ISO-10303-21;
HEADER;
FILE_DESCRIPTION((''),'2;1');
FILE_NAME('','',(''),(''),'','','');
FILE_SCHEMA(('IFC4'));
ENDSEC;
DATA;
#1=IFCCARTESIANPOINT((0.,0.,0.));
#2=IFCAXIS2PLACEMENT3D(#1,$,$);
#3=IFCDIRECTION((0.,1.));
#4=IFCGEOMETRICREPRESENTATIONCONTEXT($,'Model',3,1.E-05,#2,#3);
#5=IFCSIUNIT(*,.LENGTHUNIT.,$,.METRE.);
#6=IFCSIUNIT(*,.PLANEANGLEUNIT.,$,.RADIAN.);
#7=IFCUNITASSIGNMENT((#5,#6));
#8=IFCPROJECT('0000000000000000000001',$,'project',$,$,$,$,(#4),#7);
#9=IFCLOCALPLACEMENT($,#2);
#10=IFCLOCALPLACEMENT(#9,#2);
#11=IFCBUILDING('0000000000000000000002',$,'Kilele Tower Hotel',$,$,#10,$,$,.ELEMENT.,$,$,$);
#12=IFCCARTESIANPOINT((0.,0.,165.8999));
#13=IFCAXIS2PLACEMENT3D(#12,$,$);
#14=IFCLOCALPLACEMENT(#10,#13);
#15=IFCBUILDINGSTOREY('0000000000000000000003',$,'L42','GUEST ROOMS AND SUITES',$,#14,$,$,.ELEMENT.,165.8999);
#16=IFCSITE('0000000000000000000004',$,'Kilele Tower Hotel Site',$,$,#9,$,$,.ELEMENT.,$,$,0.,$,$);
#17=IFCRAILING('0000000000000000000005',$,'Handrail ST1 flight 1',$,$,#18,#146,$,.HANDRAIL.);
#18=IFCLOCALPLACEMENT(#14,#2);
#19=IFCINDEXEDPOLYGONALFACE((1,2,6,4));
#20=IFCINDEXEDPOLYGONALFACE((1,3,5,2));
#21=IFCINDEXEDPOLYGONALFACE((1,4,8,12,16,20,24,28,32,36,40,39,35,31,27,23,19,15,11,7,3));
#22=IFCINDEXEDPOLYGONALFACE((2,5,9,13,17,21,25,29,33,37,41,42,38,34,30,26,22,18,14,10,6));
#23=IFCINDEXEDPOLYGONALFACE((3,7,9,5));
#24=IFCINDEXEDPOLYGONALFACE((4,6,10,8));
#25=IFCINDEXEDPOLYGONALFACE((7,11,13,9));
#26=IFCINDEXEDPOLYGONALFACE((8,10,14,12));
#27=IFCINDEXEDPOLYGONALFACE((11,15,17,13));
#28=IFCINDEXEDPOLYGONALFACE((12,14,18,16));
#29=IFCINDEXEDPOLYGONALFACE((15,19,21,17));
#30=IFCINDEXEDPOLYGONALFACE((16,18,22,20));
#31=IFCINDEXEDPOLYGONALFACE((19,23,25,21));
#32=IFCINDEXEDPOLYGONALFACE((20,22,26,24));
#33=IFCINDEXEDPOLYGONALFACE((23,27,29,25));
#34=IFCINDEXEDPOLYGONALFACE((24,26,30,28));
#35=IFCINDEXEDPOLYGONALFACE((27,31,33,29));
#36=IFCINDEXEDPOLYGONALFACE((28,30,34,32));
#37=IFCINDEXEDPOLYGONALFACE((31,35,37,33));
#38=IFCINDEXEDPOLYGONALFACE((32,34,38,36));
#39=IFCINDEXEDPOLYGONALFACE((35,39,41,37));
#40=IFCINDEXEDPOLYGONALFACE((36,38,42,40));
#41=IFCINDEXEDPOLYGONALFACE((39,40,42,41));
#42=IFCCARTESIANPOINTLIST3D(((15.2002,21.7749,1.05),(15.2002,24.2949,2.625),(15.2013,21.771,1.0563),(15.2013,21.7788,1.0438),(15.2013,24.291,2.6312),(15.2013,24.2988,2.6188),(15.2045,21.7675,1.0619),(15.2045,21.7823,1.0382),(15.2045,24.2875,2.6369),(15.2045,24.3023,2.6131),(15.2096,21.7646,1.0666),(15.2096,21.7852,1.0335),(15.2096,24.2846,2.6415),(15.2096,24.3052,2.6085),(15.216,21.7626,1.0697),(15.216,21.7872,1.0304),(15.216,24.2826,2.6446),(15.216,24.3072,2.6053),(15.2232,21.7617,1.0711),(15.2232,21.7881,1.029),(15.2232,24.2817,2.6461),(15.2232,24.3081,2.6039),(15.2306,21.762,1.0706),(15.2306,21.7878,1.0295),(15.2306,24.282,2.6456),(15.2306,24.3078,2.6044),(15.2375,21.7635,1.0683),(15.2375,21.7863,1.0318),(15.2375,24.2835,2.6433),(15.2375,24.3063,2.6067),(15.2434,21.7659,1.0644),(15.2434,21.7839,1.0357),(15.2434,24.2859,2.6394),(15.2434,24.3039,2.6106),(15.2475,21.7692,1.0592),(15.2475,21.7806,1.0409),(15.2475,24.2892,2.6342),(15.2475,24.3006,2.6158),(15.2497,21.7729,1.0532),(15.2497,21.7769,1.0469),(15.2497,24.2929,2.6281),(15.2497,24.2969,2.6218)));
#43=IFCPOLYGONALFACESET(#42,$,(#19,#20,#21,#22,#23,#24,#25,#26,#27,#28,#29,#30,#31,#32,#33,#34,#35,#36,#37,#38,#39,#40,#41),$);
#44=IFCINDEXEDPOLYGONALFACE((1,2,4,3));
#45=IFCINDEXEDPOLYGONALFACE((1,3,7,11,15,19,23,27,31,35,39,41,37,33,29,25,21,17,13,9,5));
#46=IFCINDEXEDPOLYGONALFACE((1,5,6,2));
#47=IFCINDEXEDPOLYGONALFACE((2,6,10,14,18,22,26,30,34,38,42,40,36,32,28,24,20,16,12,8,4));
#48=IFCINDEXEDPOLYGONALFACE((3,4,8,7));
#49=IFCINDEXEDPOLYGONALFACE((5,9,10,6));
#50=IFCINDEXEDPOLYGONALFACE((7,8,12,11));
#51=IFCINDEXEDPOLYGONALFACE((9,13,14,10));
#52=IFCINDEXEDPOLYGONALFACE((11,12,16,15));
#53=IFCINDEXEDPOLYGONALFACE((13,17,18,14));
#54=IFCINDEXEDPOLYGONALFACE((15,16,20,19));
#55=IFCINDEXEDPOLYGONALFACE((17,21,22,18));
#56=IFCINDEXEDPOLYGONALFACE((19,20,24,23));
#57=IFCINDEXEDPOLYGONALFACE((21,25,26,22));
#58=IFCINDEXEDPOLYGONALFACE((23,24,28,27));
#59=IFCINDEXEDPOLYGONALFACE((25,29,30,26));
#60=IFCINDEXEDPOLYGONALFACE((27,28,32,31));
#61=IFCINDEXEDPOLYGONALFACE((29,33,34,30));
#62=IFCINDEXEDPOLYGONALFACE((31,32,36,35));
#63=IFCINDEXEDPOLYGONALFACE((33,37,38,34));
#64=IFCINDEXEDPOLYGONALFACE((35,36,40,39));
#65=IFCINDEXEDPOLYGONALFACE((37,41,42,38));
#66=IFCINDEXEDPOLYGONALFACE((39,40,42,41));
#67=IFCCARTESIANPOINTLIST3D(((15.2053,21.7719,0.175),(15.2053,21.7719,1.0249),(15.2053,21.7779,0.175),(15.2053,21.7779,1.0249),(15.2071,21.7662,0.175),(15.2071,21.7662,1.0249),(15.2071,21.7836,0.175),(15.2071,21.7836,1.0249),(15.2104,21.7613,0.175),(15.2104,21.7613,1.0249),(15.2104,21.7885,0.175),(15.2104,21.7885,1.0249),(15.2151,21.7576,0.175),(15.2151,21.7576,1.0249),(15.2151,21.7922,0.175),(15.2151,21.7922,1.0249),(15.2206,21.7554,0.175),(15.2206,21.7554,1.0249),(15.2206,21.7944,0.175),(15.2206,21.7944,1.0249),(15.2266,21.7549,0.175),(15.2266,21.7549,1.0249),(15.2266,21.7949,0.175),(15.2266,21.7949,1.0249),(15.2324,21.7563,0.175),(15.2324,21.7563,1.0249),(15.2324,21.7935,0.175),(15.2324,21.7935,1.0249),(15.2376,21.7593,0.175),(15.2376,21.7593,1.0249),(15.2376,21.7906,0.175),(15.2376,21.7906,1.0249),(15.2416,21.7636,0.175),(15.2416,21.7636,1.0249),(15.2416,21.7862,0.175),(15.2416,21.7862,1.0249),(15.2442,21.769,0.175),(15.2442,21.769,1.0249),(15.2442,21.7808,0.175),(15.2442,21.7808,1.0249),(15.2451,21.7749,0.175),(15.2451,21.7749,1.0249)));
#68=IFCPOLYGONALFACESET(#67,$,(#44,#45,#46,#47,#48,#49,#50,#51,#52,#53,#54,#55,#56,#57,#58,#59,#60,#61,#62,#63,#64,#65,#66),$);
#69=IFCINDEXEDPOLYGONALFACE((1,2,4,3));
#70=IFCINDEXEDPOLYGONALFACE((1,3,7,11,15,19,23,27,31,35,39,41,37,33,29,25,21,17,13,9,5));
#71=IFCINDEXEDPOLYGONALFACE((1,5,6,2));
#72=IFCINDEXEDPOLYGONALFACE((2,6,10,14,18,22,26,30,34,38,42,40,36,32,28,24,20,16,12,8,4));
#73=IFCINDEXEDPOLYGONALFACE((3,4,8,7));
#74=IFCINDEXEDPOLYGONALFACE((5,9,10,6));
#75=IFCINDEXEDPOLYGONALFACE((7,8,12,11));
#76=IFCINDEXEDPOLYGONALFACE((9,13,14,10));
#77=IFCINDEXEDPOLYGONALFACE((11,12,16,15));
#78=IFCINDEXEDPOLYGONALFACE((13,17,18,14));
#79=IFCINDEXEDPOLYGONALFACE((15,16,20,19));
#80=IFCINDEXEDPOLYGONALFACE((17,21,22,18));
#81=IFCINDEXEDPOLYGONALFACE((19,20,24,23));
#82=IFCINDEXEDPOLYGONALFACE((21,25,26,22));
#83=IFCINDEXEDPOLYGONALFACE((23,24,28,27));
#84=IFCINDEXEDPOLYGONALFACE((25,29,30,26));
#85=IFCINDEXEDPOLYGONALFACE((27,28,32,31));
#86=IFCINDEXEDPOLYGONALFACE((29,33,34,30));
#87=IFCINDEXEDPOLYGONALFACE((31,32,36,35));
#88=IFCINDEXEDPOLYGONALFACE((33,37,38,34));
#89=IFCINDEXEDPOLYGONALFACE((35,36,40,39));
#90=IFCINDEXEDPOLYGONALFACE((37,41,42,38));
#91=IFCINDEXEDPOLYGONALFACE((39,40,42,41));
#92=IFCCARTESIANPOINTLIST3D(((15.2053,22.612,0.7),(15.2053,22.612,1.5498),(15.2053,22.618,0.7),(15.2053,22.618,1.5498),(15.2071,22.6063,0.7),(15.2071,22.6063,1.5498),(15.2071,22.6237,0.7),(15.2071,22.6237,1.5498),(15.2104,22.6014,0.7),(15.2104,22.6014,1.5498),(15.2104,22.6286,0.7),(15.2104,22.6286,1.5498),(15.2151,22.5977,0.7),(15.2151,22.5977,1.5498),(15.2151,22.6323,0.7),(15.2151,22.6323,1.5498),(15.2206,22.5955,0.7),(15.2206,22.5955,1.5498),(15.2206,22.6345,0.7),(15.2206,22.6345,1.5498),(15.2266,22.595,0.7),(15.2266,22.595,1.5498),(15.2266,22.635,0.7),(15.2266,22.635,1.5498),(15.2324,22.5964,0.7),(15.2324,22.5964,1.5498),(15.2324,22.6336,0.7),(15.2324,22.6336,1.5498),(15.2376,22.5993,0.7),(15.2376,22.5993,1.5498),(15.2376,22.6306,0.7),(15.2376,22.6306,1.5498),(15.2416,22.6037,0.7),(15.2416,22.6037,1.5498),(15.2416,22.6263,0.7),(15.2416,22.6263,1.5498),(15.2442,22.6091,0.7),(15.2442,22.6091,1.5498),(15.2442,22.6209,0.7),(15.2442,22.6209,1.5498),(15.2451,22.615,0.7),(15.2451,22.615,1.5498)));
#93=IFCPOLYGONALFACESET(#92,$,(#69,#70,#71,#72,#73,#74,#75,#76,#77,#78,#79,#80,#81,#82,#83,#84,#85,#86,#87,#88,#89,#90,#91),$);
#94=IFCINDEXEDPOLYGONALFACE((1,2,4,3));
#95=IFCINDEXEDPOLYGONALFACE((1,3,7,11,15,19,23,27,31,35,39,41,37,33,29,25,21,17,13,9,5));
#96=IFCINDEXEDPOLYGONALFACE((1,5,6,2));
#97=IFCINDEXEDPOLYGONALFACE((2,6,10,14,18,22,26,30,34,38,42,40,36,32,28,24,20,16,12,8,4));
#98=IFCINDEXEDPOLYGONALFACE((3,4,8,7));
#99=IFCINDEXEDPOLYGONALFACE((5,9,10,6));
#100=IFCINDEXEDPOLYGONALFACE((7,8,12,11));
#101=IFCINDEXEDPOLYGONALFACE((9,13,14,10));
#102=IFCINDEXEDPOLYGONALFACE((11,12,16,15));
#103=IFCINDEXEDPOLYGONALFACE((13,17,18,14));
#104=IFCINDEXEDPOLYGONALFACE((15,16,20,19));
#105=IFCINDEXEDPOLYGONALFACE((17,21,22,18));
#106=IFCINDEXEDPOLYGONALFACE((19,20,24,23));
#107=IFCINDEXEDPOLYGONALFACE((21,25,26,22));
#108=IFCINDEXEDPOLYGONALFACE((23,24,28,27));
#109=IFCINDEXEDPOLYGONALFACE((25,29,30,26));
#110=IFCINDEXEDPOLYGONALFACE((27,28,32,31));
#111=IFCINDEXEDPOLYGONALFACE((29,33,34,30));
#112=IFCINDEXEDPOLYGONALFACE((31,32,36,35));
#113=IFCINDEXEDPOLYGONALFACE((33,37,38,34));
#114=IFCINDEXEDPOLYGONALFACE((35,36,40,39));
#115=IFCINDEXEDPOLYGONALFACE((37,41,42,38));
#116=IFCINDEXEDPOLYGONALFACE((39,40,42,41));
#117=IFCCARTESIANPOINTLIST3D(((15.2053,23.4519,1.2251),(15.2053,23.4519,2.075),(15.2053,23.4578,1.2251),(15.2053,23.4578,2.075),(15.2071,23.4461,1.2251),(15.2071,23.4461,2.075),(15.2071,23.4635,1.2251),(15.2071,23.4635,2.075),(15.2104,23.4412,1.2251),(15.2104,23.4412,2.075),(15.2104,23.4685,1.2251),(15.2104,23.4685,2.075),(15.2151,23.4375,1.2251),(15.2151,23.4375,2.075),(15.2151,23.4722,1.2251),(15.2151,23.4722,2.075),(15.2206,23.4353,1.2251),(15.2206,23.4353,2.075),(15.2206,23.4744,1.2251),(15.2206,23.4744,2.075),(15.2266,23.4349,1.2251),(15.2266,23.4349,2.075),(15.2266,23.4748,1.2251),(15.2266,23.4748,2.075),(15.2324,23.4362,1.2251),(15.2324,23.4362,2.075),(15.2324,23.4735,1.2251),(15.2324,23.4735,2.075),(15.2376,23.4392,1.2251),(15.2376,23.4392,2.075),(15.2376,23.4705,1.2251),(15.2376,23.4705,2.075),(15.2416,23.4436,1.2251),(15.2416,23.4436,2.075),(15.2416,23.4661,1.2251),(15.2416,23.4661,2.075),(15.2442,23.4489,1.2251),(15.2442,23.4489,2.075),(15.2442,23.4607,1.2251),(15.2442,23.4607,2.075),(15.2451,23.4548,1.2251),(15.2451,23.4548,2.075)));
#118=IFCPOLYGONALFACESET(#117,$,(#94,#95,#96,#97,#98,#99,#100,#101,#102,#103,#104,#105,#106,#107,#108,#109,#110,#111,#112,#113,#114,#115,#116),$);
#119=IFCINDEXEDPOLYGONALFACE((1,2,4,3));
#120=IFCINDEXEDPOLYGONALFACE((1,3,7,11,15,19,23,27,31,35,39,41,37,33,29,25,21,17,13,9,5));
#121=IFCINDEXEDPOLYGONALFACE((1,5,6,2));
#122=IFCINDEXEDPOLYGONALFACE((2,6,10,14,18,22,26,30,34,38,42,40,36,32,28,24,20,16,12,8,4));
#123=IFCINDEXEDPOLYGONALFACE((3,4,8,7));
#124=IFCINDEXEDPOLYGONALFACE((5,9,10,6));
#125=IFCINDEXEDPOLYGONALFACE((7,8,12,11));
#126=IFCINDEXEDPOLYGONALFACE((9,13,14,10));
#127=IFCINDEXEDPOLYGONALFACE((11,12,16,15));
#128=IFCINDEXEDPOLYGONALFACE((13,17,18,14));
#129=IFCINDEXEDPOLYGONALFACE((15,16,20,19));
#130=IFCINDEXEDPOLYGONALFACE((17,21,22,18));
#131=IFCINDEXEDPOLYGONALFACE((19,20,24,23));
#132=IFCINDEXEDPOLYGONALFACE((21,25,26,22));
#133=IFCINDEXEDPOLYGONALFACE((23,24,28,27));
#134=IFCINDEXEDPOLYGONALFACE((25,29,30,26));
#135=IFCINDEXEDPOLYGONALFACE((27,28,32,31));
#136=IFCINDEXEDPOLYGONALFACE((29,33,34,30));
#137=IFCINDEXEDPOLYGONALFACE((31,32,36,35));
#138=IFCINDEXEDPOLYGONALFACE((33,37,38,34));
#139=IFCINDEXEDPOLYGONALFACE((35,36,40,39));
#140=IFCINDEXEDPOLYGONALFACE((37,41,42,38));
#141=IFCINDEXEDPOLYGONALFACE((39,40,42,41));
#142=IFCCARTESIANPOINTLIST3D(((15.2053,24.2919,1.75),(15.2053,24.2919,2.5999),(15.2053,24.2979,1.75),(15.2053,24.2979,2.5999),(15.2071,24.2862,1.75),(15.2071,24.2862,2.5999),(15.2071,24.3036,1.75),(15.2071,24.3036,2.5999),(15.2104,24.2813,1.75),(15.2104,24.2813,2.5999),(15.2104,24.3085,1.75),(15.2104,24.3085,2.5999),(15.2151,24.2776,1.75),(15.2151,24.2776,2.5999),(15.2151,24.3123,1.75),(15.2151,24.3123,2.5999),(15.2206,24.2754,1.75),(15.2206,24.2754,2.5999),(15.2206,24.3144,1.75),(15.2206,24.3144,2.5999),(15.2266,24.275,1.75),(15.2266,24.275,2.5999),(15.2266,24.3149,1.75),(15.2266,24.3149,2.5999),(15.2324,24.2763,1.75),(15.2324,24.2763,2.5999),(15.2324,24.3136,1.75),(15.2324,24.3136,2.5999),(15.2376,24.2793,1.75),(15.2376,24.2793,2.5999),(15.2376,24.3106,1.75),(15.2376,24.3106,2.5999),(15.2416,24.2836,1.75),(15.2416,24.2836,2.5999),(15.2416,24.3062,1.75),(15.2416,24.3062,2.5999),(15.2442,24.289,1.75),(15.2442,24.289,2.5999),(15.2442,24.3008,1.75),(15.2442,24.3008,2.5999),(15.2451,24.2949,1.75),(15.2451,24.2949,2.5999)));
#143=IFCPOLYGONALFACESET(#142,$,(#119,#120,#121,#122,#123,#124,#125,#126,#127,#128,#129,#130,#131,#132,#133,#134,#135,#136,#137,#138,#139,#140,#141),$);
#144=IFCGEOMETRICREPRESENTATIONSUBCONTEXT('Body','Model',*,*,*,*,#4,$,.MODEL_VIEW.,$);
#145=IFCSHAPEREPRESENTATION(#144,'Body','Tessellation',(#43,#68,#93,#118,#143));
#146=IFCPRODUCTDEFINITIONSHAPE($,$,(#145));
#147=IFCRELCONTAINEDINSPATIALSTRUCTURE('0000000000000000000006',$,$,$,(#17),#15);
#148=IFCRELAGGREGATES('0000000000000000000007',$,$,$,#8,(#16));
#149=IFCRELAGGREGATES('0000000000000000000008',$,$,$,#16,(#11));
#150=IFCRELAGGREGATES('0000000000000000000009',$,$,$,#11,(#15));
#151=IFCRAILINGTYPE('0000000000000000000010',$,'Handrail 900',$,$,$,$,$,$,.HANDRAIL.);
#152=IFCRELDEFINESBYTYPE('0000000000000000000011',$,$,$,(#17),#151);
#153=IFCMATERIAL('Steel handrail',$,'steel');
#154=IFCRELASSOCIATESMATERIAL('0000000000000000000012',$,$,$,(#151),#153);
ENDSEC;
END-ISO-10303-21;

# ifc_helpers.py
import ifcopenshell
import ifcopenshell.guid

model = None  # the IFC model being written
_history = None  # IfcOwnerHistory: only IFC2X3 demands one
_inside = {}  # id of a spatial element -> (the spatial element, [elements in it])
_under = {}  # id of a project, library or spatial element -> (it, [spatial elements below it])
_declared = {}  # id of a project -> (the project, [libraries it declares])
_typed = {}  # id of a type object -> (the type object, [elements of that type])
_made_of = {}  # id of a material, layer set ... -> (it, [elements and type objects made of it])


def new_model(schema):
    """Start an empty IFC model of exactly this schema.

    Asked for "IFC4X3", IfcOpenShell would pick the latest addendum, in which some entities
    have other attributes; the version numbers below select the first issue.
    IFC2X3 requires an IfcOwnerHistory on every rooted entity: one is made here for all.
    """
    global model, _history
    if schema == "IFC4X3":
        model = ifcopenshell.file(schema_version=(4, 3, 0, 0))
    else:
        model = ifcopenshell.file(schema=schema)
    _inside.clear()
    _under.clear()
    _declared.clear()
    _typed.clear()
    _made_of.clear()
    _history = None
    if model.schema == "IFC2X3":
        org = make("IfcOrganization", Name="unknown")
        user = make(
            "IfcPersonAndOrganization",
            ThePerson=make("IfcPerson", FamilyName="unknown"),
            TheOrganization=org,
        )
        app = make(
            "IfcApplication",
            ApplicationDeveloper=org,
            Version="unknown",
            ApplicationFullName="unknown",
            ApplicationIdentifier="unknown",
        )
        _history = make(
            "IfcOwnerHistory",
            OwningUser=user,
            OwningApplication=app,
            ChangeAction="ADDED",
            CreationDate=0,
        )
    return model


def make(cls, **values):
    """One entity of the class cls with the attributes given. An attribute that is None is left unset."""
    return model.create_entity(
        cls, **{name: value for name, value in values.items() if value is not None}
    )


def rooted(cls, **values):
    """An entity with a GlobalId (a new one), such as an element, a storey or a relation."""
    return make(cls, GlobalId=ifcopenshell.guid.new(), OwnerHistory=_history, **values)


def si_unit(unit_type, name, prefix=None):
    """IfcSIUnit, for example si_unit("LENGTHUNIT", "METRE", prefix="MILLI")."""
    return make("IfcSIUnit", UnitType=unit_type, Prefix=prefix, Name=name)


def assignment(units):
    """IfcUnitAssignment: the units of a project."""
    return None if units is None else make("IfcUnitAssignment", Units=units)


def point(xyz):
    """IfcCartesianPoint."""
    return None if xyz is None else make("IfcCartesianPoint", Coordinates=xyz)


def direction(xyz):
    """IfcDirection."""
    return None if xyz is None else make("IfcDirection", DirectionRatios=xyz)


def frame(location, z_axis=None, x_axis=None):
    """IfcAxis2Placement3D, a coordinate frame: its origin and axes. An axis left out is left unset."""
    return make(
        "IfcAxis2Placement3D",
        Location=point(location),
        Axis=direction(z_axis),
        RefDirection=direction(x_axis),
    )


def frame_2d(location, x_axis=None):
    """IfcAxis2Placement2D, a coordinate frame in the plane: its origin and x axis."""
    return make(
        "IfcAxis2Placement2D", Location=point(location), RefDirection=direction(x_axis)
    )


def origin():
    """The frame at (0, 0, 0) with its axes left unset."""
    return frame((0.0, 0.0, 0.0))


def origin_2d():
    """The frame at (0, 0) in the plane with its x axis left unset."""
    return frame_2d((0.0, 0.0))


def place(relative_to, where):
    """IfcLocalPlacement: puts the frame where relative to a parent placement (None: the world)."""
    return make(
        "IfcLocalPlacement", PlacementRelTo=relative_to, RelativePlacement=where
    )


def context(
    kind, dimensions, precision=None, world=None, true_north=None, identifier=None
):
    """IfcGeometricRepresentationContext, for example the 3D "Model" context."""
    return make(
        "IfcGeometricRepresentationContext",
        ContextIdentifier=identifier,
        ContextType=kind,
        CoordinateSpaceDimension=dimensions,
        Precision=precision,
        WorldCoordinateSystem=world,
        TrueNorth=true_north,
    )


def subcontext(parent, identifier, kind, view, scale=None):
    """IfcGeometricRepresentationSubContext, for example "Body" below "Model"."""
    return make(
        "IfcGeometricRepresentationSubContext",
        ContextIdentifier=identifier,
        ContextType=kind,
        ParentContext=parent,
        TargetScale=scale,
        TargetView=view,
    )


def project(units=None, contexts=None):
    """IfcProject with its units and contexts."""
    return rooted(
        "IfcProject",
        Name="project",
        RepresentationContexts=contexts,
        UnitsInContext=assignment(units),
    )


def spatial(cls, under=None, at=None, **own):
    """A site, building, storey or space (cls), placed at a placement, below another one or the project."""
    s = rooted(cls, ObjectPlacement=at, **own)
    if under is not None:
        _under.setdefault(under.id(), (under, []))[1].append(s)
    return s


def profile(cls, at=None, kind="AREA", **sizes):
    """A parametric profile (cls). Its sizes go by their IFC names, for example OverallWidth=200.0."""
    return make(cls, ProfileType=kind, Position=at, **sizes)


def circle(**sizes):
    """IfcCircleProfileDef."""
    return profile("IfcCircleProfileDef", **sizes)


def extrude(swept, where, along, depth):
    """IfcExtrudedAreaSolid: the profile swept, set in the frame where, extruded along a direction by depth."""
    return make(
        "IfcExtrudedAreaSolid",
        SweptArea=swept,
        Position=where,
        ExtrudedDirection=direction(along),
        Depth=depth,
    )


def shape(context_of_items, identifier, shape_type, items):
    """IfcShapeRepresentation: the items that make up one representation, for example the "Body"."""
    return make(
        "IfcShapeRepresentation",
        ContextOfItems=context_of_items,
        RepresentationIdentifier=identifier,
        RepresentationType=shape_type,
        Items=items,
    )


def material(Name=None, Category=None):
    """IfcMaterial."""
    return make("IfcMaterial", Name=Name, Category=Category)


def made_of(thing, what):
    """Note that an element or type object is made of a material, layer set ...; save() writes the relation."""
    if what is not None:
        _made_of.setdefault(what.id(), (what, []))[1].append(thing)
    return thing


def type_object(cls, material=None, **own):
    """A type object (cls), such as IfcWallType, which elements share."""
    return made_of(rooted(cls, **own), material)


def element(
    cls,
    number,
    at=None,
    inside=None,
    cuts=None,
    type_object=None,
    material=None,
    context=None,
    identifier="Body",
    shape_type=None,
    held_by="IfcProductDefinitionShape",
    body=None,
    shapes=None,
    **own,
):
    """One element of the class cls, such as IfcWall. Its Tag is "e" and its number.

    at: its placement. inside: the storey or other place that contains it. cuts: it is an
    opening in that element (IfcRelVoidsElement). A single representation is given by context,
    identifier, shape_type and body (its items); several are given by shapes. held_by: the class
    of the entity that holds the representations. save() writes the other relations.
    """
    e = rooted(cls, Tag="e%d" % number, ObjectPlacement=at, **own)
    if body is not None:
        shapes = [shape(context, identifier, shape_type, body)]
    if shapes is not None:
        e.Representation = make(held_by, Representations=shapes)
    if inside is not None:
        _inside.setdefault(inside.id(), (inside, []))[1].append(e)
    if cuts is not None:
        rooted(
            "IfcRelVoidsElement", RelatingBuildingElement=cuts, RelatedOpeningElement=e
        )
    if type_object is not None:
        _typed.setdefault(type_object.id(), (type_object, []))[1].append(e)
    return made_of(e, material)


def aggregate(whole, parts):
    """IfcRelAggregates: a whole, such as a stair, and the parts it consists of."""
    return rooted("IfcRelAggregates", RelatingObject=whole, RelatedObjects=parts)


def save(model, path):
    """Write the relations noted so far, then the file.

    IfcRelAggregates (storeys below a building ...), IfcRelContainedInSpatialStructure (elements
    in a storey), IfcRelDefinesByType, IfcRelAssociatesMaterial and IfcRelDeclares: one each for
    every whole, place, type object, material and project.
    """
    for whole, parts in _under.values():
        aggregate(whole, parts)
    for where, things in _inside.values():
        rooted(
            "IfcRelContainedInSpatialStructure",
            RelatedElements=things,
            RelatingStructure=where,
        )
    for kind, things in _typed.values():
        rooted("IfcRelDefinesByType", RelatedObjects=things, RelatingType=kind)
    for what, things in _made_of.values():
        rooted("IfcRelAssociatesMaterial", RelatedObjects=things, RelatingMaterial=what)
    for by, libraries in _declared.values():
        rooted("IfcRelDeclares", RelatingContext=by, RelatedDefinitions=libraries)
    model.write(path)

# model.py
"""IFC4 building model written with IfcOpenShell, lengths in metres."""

from ifc_helpers import new_model, si_unit, direction, frame, origin, origin_2d, place, context, subcontext, project, spatial, circle, extrude, material, type_object, element, save


model = new_model("IFC4")

# Units and contexts
model_context = context("Model", 3, precision=1e-05, world=origin(), true_north=direction((0.0, 1.0)))
body_context = subcontext(model_context, "Body", "Model", "MODEL_VIEW")
ifc_project = project(units=[si_unit("LENGTHUNIT", "METRE"), si_unit("PLANEANGLEUNIT", "RADIAN")], contexts=[model_context])

# Site, building, storey
site_placement = place(None, origin())
site = spatial("IfcSite", under=ifc_project, at=site_placement, Name="Kilele Tower Hotel Site", CompositionType="ELEMENT", RefElevation=0.0)
building_placement = place(site_placement, origin())
building = spatial("IfcBuilding", under=site, at=building_placement, Name="Kilele Tower Hotel", CompositionType="ELEMENT")
storey_placement = place(building_placement, frame((0.0, 0.0, 165.8999)))
storey = spatial("IfcBuildingStorey", under=building, at=storey_placement, Name="L42", Description="GUEST ROOMS AND SUITES", CompositionType="ELEMENT", Elevation=165.8999)

# Railing
ifc_material_1 = material(Name="Steel handrail", Category="steel")
railing_type_1 = type_object("IfcRailingType", Name="Handrail 900", PredefinedType="HANDRAIL", material=ifc_material_1)
for number, where, name in (
    (1, (15.2251, 21.7749, 0.175), "Handrail ST1 flight 1"),
):
    element("IfcRailing", number, at=place(storey_placement, frame(where)), inside=storey, type_object=railing_type_1, Name=name, PredefinedType="HANDRAIL", context=body_context, shape_type="SweptSolid", body=[
        extrude(circle(Radius=0.0249, at=origin_2d()), frame((0.0, 0.0, 0.875), z_axis=(0.0, 0.848008, 0.529984), x_axis=(-1.0, 0.0, 0.0)), (0.0, 0.0, 1.0), 2.9717),
        extrude(circle(Radius=0.02, at=origin_2d()), origin(), (0.0, 0.0, 1.0), 0.8499),
        extrude(circle(Radius=0.02, at=origin_2d()), frame((0.0, 0.8401, 0.5249)), (0.0, 0.0, 1.0), 0.8499),
        extrude(circle(Radius=0.02, at=origin_2d()), frame((0.0, 1.6799, 1.05)), (0.0, 0.0, 1.0), 0.8499),
        extrude(circle(Radius=0.02, at=origin_2d()), frame((0.0, 2.52, 1.575)), (0.0, 0.0, 1.0), 0.8499),
    ])

save(model, "model.ifc")
